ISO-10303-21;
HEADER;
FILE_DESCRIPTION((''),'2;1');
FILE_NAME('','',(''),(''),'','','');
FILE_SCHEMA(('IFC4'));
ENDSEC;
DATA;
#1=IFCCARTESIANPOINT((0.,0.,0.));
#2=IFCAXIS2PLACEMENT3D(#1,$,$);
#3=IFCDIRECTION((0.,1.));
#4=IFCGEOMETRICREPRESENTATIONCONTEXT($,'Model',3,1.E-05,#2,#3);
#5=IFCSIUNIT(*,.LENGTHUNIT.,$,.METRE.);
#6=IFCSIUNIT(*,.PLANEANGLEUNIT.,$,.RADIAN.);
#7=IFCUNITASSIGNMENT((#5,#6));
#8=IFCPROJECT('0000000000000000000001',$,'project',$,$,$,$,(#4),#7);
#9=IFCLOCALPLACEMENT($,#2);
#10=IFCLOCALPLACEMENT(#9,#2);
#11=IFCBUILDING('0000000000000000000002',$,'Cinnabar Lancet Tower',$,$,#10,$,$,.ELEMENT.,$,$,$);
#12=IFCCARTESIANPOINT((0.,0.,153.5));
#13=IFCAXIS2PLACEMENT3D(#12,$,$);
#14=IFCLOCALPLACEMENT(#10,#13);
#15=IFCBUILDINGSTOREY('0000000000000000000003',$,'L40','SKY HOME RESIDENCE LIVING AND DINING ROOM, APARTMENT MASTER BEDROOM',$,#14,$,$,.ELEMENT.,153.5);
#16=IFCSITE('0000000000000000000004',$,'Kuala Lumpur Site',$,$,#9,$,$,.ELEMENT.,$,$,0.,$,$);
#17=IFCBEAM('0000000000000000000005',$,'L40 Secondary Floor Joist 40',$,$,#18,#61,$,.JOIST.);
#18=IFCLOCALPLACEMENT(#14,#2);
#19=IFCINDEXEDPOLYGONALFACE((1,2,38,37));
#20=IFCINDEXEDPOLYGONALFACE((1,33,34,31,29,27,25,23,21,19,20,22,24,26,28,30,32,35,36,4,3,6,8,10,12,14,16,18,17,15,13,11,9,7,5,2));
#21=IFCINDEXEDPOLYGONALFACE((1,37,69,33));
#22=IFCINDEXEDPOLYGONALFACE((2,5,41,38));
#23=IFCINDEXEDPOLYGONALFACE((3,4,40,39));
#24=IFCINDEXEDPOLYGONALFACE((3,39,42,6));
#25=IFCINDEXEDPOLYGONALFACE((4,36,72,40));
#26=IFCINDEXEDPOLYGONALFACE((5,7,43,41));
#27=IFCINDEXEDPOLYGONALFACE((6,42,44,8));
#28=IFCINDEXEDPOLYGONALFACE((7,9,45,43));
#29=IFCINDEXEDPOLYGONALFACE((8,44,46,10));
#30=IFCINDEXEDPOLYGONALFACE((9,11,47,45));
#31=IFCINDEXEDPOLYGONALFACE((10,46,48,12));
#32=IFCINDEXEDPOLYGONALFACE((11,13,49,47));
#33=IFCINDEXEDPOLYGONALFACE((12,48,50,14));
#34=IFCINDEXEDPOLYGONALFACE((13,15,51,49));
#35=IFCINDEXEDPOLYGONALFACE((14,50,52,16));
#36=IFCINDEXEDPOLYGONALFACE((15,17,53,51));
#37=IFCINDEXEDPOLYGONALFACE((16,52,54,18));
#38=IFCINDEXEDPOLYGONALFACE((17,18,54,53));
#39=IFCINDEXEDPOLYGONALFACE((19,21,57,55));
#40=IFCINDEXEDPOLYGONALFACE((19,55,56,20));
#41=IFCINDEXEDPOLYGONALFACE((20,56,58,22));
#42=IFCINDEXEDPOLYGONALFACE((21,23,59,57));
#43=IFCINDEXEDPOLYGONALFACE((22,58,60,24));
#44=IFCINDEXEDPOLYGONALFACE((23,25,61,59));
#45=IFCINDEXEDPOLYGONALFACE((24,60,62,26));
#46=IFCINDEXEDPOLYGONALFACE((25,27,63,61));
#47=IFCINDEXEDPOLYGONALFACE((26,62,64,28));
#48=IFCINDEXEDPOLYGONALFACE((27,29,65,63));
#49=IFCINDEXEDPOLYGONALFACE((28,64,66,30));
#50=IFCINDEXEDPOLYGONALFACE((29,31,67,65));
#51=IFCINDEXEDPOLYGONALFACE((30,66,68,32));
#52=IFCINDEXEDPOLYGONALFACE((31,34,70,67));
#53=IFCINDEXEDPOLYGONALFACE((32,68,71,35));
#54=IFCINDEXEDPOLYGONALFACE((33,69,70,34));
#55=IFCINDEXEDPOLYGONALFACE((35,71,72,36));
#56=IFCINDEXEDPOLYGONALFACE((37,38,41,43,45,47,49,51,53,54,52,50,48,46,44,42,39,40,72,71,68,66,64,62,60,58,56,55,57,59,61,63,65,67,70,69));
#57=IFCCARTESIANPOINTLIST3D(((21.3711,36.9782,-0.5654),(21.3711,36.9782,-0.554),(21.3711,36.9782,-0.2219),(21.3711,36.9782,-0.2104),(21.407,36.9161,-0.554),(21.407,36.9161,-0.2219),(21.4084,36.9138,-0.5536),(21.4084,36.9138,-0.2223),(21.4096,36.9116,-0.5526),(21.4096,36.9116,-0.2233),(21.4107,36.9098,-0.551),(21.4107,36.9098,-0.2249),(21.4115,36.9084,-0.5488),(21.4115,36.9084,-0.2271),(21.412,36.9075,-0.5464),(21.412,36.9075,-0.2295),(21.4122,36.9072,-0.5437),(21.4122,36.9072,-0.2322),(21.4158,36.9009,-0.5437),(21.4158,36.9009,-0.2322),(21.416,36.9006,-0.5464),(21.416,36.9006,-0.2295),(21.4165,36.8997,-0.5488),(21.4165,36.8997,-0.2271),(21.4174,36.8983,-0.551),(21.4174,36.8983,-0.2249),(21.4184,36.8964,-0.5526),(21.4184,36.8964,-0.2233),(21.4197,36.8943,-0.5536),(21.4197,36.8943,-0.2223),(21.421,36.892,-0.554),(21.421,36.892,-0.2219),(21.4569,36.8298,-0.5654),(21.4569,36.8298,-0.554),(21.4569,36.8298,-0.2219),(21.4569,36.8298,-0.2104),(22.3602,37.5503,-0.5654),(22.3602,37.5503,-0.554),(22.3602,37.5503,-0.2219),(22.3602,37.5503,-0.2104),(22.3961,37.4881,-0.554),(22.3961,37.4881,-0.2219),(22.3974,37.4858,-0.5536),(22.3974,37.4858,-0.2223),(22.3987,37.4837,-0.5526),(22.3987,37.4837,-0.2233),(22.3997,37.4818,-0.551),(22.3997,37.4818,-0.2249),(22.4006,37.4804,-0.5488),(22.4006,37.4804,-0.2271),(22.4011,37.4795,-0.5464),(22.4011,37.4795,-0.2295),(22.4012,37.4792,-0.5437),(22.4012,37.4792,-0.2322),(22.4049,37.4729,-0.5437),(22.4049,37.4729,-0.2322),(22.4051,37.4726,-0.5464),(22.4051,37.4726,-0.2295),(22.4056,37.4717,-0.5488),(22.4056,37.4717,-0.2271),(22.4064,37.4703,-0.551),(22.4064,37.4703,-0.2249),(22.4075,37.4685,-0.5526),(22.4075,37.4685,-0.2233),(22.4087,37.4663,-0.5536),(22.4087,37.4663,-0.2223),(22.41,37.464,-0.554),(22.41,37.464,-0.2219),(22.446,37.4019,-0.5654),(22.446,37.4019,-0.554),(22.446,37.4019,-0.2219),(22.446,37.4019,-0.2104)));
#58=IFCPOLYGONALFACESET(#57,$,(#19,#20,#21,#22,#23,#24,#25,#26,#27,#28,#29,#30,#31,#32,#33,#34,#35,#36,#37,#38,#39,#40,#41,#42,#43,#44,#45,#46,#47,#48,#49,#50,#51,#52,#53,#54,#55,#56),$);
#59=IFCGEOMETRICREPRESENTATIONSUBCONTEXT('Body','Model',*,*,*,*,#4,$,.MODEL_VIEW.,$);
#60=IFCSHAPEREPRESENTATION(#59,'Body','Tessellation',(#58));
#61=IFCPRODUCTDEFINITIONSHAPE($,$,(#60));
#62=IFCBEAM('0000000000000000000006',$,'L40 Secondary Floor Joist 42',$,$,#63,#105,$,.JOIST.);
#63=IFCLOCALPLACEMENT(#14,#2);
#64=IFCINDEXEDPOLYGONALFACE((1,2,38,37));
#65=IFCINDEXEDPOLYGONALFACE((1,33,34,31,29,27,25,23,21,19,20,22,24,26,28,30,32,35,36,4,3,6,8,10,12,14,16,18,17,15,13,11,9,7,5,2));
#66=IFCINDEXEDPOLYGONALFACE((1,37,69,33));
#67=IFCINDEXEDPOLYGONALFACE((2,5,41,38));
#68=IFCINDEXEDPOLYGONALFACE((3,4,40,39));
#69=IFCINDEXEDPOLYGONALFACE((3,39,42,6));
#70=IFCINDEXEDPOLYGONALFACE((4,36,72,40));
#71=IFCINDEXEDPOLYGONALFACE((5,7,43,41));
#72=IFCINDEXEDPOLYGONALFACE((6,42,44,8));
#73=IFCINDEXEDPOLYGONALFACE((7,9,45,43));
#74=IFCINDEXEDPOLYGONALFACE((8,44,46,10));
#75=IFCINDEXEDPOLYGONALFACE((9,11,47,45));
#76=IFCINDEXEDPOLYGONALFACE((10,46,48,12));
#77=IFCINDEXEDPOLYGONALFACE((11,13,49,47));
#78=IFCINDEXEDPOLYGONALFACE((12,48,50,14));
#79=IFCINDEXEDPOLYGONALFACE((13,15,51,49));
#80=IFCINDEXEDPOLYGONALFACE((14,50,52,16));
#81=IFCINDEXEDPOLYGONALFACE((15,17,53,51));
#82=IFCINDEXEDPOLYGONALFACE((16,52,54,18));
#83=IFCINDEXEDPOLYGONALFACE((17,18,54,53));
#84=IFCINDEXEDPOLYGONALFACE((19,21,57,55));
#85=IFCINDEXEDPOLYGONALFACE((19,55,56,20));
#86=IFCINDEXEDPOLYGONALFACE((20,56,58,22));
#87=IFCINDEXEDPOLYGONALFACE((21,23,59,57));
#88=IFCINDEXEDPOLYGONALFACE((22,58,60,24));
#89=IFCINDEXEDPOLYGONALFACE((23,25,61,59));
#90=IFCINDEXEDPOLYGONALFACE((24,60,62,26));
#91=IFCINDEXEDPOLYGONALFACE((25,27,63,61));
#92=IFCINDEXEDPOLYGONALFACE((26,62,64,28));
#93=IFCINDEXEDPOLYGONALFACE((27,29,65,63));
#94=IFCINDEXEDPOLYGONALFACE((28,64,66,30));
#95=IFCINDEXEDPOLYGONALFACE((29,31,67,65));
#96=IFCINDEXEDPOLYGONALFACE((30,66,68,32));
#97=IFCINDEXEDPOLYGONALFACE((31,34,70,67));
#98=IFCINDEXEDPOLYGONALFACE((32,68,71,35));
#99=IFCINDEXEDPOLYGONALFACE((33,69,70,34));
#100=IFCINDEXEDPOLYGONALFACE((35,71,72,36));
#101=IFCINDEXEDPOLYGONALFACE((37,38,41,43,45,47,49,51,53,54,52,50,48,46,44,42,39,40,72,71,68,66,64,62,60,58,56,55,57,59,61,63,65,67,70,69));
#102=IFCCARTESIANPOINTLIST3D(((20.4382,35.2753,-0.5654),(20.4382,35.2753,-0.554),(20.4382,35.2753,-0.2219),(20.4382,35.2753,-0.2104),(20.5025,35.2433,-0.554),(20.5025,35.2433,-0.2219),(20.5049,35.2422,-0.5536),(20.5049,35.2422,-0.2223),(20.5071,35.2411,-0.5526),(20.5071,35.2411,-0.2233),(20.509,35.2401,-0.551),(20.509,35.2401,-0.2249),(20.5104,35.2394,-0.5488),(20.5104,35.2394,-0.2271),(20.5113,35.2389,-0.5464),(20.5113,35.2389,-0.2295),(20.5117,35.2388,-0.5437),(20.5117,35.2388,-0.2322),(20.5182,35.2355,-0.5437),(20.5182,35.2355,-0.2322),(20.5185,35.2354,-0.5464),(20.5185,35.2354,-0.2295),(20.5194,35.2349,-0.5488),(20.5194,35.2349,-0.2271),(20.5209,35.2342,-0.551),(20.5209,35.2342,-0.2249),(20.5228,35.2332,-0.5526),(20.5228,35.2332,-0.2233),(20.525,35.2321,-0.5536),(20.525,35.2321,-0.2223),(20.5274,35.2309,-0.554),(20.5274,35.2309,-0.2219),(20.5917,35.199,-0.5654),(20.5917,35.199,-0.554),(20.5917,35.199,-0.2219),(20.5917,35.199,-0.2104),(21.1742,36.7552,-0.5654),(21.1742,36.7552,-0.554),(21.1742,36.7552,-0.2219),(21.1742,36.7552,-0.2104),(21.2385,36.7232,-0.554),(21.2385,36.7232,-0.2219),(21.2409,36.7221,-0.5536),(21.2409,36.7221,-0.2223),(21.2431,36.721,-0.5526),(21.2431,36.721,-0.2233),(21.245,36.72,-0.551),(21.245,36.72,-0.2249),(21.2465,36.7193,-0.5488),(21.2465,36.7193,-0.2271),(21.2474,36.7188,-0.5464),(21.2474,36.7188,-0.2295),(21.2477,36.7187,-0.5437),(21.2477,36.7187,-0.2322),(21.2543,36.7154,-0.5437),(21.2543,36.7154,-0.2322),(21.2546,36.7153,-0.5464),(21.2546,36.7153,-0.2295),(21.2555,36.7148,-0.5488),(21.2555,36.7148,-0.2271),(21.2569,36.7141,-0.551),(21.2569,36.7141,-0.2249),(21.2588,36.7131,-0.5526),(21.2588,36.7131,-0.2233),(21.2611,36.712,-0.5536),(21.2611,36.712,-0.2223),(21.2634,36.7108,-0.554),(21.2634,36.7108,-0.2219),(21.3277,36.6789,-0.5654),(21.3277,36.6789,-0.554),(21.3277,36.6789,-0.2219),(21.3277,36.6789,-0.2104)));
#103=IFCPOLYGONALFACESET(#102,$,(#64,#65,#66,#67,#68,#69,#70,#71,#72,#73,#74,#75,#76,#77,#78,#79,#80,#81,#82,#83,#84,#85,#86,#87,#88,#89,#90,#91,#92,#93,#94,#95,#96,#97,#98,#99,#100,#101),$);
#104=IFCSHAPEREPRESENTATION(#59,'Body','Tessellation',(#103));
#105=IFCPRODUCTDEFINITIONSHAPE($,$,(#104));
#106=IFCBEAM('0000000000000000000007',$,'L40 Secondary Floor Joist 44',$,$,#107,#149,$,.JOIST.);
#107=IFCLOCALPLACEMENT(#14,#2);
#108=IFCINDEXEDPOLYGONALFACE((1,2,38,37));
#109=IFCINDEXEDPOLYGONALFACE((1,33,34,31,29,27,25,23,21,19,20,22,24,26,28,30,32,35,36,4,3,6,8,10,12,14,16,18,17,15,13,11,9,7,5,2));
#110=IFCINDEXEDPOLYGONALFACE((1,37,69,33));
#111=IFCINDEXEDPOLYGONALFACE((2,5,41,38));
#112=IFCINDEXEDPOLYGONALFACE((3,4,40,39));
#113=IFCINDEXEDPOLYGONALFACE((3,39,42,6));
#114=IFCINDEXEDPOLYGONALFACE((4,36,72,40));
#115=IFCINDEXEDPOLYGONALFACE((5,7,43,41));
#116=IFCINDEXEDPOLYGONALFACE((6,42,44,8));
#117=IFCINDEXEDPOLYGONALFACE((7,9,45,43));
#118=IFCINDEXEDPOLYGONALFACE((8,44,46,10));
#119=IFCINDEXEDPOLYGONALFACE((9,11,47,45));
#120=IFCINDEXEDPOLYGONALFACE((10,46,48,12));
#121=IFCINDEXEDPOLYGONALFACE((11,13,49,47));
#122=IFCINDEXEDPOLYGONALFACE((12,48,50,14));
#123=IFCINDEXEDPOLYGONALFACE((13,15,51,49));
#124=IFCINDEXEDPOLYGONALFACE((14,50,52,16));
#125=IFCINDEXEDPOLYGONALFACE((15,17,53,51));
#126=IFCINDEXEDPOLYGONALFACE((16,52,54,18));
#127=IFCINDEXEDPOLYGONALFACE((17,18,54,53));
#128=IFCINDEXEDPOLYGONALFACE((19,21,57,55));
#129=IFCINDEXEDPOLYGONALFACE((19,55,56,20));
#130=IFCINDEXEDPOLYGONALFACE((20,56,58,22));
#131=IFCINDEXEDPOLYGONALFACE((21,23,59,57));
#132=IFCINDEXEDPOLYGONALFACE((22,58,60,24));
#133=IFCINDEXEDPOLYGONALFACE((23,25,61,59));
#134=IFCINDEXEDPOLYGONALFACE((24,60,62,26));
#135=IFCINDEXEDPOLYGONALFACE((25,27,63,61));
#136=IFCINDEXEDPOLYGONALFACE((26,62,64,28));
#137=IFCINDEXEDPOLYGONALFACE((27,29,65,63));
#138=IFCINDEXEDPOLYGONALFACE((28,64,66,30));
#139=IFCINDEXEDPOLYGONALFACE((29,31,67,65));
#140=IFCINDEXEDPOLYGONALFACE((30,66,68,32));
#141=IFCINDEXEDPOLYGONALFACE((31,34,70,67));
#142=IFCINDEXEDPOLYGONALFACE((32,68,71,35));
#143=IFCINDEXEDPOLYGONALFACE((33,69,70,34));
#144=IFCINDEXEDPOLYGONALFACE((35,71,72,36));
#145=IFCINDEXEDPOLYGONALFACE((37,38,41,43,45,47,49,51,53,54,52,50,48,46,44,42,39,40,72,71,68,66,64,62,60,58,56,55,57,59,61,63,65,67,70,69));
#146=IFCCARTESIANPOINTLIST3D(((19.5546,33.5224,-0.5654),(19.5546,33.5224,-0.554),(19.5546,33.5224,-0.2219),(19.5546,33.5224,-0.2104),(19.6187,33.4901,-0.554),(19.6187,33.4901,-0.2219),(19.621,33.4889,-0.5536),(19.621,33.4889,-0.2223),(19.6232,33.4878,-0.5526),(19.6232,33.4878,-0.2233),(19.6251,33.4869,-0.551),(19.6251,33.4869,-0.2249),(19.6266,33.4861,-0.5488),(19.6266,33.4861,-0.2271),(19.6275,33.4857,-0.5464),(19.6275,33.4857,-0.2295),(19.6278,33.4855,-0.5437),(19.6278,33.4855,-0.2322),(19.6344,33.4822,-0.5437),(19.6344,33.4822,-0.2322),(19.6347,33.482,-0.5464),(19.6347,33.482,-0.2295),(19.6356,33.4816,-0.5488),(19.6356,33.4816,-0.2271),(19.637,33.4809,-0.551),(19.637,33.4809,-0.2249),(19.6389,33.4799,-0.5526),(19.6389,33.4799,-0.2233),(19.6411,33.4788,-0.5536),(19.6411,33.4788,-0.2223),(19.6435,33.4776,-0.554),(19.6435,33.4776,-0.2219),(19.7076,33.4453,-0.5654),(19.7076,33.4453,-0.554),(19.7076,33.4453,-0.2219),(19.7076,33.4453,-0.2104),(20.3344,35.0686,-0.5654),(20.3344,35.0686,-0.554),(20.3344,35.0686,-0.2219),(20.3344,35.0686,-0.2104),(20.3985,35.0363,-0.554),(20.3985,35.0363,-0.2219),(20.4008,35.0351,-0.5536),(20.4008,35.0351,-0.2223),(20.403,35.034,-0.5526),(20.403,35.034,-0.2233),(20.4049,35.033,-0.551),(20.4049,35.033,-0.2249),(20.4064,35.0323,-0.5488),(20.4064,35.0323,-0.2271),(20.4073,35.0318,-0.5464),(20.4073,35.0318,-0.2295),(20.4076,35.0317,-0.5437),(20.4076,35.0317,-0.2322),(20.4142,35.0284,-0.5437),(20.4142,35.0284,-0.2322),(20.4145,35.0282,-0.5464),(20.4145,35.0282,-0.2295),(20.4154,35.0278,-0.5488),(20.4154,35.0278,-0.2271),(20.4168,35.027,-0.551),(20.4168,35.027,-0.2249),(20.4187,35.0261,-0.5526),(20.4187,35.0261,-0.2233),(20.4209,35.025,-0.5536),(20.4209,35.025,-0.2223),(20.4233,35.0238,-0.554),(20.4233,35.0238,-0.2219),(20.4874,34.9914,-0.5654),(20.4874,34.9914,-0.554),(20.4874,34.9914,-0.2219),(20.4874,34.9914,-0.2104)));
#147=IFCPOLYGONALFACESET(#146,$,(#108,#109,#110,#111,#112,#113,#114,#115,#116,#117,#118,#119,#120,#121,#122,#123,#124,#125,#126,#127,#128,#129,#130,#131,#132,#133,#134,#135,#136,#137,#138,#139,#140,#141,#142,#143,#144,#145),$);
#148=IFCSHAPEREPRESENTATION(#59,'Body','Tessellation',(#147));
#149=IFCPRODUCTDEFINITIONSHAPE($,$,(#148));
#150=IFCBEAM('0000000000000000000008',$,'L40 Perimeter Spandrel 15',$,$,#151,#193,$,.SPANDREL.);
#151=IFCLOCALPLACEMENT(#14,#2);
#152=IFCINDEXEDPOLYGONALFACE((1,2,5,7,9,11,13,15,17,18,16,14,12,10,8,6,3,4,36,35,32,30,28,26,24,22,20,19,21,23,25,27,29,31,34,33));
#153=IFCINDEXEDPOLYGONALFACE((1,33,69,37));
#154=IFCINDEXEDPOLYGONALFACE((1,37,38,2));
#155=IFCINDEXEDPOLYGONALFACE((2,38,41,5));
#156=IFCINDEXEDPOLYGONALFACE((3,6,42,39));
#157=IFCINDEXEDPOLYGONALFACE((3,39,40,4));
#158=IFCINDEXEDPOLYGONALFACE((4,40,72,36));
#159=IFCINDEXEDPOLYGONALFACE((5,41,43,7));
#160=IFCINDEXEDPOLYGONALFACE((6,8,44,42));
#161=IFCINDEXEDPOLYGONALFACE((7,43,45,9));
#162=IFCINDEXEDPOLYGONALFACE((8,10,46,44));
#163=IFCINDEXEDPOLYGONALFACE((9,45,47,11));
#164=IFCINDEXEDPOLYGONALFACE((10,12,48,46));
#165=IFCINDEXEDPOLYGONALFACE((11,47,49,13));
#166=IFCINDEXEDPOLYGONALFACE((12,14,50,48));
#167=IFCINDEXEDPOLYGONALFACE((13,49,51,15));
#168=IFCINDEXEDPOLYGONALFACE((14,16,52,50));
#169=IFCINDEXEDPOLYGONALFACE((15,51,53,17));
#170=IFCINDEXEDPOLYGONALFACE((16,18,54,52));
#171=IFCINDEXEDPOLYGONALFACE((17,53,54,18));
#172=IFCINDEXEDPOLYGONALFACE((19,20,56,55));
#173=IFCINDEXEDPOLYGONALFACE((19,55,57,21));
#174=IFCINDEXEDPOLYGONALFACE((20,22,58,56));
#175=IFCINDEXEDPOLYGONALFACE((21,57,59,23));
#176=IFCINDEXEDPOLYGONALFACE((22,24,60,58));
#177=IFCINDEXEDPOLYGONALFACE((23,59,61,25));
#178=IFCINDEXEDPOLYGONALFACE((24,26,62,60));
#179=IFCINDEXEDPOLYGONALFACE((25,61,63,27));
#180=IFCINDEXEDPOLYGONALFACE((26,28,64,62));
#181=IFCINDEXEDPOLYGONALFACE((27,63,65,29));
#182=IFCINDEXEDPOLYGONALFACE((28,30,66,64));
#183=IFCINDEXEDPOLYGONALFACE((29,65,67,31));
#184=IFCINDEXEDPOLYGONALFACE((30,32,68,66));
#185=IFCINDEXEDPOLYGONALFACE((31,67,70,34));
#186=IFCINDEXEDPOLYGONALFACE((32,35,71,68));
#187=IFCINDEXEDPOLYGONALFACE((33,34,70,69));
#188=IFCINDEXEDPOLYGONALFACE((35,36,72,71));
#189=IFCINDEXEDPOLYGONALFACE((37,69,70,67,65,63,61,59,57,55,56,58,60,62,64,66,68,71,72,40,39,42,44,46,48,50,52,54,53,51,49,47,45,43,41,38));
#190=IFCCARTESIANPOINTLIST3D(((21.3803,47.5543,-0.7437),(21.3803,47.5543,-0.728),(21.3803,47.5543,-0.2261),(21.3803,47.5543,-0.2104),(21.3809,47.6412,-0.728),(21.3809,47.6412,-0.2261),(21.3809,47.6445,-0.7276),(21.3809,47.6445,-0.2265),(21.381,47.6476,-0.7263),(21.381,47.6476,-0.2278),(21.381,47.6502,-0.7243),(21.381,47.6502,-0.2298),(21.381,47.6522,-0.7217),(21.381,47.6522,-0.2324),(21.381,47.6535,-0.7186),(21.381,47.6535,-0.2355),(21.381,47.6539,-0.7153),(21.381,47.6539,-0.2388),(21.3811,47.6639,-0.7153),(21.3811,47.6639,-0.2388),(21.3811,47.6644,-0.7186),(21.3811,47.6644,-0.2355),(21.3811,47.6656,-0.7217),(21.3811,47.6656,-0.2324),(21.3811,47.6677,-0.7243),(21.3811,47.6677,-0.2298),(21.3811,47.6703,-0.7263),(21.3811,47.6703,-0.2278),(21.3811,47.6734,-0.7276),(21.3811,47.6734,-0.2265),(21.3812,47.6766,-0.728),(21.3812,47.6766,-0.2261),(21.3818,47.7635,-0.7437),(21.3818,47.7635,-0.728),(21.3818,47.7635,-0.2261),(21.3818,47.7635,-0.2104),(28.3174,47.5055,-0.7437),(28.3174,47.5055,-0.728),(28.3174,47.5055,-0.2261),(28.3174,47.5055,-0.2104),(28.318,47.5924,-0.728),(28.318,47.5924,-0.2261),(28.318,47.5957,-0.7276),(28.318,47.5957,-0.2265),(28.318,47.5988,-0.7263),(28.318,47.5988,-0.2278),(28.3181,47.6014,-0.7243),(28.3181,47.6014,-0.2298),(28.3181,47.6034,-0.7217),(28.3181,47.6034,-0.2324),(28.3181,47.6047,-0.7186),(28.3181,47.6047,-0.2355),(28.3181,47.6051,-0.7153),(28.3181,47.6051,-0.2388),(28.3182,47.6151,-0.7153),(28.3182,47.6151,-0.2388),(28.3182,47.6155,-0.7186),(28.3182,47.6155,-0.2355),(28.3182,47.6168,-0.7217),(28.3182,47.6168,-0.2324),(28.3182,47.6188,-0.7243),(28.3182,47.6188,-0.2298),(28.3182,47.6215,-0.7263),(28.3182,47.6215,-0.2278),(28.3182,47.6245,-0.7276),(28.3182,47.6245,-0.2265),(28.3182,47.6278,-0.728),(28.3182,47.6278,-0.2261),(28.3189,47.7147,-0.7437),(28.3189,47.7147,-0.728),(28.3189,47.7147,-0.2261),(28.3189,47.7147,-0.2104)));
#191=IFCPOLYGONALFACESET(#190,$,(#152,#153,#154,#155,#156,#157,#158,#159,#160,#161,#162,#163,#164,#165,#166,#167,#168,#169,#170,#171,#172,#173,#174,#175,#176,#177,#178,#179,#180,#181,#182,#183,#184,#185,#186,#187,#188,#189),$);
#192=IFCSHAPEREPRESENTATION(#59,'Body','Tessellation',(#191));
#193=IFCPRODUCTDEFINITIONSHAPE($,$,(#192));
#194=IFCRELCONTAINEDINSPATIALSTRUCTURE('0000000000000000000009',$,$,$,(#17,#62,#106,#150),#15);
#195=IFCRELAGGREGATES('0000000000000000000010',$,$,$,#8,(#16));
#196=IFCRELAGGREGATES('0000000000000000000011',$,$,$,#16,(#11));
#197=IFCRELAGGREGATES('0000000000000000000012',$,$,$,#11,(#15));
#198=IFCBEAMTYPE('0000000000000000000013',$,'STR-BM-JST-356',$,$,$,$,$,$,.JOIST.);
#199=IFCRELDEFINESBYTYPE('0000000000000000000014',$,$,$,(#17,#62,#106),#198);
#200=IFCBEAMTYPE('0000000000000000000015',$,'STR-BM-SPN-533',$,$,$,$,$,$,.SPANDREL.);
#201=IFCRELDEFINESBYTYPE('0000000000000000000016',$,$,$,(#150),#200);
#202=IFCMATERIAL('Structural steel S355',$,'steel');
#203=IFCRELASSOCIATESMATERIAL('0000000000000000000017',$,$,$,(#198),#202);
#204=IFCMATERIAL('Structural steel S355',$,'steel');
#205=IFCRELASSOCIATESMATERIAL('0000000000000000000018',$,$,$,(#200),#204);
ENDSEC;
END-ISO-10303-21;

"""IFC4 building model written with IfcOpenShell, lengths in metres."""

from ifc_helpers import new_model, si_unit, direction, frame, origin, origin_2d, place, context, subcontext, project, spatial, i_section, extrude, material, material_profile, profile_set, type_object, element, save


model = new_model("IFC4")

# Units and contexts
model_context = context("Model", 3, precision=1e-05, world=origin(), true_north=direction((0.0, 1.0)))
body_context = subcontext(model_context, "Body", "Model", "MODEL_VIEW")
ifc_project = project(units=[si_unit("LENGTHUNIT", "METRE"), si_unit("PLANEANGLEUNIT", "RADIAN")], contexts=[model_context])

# Site, building, storey
site_placement = place(None, origin())
site = spatial("IfcSite", under=ifc_project, at=site_placement, Name="Kuala Lumpur Site", CompositionType="ELEMENT", RefElevation=0.0)
building_placement = place(site_placement, origin())
building = spatial("IfcBuilding", under=site, at=building_placement, Name="Cinnabar Lancet Tower", CompositionType="ELEMENT")
storey_placement = place(building_placement, frame((0.0, 0.0, 153.5)))
storey = spatial("IfcBuildingStorey", under=building, at=storey_placement, Name="L40", Description="SKY HOME RESIDENCE LIVING AND DINING ROOM, APARTMENT MASTER BEDROOM", CompositionType="ELEMENT", Elevation=153.5)

# Beams
ifc_material_1 = material(Name="Structural steel S355", Category="steel")
ifc_material_profile_1 = material_profile(ifc_material_1, i_section(OverallWidth=0.1714, OverallDepth=0.355, WebThickness=0.0073, FlangeThickness=0.0115, FilletRadius=0.0103, at=origin_2d()), Name="UKB 356x171x51")
ifc_profile_set_1 = profile_set([ifc_material_profile_1], Name="Structural steel S355")
beam_type_1 = type_object("IfcBeamType", Name="STR-BM-JST-356", PredefinedType="JOIST", material=ifc_profile_set_1)
beam_1_placement = place(storey_placement, frame((22.4031, 37.4761, -0.3879), z_axis=(-0.865641, -0.500666, 0.0), x_axis=(0.500666, -0.865641, 0.0)))
element("IfcBeam", 1, at=beam_1_placement, inside=storey, type_object=beam_type_1, Name="L40 Secondary Floor Joist 40", PredefinedType="JOIST", context=body_context, shape_type="SweptSolid", body=[
    extrude(i_section(OverallWidth=0.1714, OverallDepth=0.355, WebThickness=0.0073, FlangeThickness=0.0115, FilletRadius=0.0103, at=origin_2d()), origin(), (0.0, 0.0, 1.0), 1.1426),
])
beam_2_placement = place(storey_placement, frame((21.251, 36.717, -0.3879), z_axis=(-0.445322, -0.89537, 0.0), x_axis=(0.89537, -0.445322, 0.0)))
element("IfcBeam", 2, at=beam_2_placement, inside=storey, type_object=beam_type_1, Name="L40 Secondary Floor Joist 42", PredefinedType="JOIST", context=body_context, shape_type="SweptSolid", body=[
    extrude(i_section(OverallWidth=0.1714, OverallDepth=0.355, WebThickness=0.0073, FlangeThickness=0.0115, FilletRadius=0.0103, at=origin_2d()), origin(), (0.0, 0.0, 1.0), 1.6528),
])
beam_3_placement = place(storey_placement, frame((20.4109, 35.03, -0.3879), z_axis=(-0.450313, -0.892871, 0.0), x_axis=(0.892871, -0.450313, 0.0)))
element("IfcBeam", 3, at=beam_3_placement, inside=storey, type_object=beam_type_1, Name="L40 Secondary Floor Joist 44", PredefinedType="JOIST", context=body_context, shape_type="SweptSolid", body=[
    extrude(i_section(OverallWidth=0.1714, OverallDepth=0.355, WebThickness=0.0073, FlangeThickness=0.0115, FilletRadius=0.0103, at=origin_2d()), origin(), (0.0, 0.0, 1.0), 1.7317),
])
ifc_material_2 = material(Name="Structural steel S355", Category="steel")
ifc_material_profile_2 = material_profile(ifc_material_2, i_section(OverallWidth=0.2092, OverallDepth=0.5332, WebThickness=0.01, FlangeThickness=0.0156, FilletRadius=0.0127, at=origin_2d()), Name="UKB 533x210x92")
ifc_profile_set_2 = profile_set([ifc_material_profile_2], Name="Structural steel S355")
beam_type_2 = type_object("IfcBeamType", Name="STR-BM-SPN-533", PredefinedType="SPANDREL", material=ifc_profile_set_2)
beam_4_placement = place(storey_placement, frame((28.3181, 47.6101, -0.4771), z_axis=(-0.999975, 0.007039, 0.0), x_axis=(-0.007039, -0.999975, 0.0)))
element("IfcBeam", 4, at=beam_4_placement, inside=storey, type_object=beam_type_2, Name="L40 Perimeter Spandrel 15", PredefinedType="SPANDREL", context=body_context, shape_type="SweptSolid", body=[
    extrude(i_section(OverallWidth=0.2092, OverallDepth=0.5332, WebThickness=0.01, FlangeThickness=0.0156, FilletRadius=0.0127, at=origin_2d()), origin(), (0.0, 0.0, 1.0), 6.9373),
])

save(model, "model.ifc")
